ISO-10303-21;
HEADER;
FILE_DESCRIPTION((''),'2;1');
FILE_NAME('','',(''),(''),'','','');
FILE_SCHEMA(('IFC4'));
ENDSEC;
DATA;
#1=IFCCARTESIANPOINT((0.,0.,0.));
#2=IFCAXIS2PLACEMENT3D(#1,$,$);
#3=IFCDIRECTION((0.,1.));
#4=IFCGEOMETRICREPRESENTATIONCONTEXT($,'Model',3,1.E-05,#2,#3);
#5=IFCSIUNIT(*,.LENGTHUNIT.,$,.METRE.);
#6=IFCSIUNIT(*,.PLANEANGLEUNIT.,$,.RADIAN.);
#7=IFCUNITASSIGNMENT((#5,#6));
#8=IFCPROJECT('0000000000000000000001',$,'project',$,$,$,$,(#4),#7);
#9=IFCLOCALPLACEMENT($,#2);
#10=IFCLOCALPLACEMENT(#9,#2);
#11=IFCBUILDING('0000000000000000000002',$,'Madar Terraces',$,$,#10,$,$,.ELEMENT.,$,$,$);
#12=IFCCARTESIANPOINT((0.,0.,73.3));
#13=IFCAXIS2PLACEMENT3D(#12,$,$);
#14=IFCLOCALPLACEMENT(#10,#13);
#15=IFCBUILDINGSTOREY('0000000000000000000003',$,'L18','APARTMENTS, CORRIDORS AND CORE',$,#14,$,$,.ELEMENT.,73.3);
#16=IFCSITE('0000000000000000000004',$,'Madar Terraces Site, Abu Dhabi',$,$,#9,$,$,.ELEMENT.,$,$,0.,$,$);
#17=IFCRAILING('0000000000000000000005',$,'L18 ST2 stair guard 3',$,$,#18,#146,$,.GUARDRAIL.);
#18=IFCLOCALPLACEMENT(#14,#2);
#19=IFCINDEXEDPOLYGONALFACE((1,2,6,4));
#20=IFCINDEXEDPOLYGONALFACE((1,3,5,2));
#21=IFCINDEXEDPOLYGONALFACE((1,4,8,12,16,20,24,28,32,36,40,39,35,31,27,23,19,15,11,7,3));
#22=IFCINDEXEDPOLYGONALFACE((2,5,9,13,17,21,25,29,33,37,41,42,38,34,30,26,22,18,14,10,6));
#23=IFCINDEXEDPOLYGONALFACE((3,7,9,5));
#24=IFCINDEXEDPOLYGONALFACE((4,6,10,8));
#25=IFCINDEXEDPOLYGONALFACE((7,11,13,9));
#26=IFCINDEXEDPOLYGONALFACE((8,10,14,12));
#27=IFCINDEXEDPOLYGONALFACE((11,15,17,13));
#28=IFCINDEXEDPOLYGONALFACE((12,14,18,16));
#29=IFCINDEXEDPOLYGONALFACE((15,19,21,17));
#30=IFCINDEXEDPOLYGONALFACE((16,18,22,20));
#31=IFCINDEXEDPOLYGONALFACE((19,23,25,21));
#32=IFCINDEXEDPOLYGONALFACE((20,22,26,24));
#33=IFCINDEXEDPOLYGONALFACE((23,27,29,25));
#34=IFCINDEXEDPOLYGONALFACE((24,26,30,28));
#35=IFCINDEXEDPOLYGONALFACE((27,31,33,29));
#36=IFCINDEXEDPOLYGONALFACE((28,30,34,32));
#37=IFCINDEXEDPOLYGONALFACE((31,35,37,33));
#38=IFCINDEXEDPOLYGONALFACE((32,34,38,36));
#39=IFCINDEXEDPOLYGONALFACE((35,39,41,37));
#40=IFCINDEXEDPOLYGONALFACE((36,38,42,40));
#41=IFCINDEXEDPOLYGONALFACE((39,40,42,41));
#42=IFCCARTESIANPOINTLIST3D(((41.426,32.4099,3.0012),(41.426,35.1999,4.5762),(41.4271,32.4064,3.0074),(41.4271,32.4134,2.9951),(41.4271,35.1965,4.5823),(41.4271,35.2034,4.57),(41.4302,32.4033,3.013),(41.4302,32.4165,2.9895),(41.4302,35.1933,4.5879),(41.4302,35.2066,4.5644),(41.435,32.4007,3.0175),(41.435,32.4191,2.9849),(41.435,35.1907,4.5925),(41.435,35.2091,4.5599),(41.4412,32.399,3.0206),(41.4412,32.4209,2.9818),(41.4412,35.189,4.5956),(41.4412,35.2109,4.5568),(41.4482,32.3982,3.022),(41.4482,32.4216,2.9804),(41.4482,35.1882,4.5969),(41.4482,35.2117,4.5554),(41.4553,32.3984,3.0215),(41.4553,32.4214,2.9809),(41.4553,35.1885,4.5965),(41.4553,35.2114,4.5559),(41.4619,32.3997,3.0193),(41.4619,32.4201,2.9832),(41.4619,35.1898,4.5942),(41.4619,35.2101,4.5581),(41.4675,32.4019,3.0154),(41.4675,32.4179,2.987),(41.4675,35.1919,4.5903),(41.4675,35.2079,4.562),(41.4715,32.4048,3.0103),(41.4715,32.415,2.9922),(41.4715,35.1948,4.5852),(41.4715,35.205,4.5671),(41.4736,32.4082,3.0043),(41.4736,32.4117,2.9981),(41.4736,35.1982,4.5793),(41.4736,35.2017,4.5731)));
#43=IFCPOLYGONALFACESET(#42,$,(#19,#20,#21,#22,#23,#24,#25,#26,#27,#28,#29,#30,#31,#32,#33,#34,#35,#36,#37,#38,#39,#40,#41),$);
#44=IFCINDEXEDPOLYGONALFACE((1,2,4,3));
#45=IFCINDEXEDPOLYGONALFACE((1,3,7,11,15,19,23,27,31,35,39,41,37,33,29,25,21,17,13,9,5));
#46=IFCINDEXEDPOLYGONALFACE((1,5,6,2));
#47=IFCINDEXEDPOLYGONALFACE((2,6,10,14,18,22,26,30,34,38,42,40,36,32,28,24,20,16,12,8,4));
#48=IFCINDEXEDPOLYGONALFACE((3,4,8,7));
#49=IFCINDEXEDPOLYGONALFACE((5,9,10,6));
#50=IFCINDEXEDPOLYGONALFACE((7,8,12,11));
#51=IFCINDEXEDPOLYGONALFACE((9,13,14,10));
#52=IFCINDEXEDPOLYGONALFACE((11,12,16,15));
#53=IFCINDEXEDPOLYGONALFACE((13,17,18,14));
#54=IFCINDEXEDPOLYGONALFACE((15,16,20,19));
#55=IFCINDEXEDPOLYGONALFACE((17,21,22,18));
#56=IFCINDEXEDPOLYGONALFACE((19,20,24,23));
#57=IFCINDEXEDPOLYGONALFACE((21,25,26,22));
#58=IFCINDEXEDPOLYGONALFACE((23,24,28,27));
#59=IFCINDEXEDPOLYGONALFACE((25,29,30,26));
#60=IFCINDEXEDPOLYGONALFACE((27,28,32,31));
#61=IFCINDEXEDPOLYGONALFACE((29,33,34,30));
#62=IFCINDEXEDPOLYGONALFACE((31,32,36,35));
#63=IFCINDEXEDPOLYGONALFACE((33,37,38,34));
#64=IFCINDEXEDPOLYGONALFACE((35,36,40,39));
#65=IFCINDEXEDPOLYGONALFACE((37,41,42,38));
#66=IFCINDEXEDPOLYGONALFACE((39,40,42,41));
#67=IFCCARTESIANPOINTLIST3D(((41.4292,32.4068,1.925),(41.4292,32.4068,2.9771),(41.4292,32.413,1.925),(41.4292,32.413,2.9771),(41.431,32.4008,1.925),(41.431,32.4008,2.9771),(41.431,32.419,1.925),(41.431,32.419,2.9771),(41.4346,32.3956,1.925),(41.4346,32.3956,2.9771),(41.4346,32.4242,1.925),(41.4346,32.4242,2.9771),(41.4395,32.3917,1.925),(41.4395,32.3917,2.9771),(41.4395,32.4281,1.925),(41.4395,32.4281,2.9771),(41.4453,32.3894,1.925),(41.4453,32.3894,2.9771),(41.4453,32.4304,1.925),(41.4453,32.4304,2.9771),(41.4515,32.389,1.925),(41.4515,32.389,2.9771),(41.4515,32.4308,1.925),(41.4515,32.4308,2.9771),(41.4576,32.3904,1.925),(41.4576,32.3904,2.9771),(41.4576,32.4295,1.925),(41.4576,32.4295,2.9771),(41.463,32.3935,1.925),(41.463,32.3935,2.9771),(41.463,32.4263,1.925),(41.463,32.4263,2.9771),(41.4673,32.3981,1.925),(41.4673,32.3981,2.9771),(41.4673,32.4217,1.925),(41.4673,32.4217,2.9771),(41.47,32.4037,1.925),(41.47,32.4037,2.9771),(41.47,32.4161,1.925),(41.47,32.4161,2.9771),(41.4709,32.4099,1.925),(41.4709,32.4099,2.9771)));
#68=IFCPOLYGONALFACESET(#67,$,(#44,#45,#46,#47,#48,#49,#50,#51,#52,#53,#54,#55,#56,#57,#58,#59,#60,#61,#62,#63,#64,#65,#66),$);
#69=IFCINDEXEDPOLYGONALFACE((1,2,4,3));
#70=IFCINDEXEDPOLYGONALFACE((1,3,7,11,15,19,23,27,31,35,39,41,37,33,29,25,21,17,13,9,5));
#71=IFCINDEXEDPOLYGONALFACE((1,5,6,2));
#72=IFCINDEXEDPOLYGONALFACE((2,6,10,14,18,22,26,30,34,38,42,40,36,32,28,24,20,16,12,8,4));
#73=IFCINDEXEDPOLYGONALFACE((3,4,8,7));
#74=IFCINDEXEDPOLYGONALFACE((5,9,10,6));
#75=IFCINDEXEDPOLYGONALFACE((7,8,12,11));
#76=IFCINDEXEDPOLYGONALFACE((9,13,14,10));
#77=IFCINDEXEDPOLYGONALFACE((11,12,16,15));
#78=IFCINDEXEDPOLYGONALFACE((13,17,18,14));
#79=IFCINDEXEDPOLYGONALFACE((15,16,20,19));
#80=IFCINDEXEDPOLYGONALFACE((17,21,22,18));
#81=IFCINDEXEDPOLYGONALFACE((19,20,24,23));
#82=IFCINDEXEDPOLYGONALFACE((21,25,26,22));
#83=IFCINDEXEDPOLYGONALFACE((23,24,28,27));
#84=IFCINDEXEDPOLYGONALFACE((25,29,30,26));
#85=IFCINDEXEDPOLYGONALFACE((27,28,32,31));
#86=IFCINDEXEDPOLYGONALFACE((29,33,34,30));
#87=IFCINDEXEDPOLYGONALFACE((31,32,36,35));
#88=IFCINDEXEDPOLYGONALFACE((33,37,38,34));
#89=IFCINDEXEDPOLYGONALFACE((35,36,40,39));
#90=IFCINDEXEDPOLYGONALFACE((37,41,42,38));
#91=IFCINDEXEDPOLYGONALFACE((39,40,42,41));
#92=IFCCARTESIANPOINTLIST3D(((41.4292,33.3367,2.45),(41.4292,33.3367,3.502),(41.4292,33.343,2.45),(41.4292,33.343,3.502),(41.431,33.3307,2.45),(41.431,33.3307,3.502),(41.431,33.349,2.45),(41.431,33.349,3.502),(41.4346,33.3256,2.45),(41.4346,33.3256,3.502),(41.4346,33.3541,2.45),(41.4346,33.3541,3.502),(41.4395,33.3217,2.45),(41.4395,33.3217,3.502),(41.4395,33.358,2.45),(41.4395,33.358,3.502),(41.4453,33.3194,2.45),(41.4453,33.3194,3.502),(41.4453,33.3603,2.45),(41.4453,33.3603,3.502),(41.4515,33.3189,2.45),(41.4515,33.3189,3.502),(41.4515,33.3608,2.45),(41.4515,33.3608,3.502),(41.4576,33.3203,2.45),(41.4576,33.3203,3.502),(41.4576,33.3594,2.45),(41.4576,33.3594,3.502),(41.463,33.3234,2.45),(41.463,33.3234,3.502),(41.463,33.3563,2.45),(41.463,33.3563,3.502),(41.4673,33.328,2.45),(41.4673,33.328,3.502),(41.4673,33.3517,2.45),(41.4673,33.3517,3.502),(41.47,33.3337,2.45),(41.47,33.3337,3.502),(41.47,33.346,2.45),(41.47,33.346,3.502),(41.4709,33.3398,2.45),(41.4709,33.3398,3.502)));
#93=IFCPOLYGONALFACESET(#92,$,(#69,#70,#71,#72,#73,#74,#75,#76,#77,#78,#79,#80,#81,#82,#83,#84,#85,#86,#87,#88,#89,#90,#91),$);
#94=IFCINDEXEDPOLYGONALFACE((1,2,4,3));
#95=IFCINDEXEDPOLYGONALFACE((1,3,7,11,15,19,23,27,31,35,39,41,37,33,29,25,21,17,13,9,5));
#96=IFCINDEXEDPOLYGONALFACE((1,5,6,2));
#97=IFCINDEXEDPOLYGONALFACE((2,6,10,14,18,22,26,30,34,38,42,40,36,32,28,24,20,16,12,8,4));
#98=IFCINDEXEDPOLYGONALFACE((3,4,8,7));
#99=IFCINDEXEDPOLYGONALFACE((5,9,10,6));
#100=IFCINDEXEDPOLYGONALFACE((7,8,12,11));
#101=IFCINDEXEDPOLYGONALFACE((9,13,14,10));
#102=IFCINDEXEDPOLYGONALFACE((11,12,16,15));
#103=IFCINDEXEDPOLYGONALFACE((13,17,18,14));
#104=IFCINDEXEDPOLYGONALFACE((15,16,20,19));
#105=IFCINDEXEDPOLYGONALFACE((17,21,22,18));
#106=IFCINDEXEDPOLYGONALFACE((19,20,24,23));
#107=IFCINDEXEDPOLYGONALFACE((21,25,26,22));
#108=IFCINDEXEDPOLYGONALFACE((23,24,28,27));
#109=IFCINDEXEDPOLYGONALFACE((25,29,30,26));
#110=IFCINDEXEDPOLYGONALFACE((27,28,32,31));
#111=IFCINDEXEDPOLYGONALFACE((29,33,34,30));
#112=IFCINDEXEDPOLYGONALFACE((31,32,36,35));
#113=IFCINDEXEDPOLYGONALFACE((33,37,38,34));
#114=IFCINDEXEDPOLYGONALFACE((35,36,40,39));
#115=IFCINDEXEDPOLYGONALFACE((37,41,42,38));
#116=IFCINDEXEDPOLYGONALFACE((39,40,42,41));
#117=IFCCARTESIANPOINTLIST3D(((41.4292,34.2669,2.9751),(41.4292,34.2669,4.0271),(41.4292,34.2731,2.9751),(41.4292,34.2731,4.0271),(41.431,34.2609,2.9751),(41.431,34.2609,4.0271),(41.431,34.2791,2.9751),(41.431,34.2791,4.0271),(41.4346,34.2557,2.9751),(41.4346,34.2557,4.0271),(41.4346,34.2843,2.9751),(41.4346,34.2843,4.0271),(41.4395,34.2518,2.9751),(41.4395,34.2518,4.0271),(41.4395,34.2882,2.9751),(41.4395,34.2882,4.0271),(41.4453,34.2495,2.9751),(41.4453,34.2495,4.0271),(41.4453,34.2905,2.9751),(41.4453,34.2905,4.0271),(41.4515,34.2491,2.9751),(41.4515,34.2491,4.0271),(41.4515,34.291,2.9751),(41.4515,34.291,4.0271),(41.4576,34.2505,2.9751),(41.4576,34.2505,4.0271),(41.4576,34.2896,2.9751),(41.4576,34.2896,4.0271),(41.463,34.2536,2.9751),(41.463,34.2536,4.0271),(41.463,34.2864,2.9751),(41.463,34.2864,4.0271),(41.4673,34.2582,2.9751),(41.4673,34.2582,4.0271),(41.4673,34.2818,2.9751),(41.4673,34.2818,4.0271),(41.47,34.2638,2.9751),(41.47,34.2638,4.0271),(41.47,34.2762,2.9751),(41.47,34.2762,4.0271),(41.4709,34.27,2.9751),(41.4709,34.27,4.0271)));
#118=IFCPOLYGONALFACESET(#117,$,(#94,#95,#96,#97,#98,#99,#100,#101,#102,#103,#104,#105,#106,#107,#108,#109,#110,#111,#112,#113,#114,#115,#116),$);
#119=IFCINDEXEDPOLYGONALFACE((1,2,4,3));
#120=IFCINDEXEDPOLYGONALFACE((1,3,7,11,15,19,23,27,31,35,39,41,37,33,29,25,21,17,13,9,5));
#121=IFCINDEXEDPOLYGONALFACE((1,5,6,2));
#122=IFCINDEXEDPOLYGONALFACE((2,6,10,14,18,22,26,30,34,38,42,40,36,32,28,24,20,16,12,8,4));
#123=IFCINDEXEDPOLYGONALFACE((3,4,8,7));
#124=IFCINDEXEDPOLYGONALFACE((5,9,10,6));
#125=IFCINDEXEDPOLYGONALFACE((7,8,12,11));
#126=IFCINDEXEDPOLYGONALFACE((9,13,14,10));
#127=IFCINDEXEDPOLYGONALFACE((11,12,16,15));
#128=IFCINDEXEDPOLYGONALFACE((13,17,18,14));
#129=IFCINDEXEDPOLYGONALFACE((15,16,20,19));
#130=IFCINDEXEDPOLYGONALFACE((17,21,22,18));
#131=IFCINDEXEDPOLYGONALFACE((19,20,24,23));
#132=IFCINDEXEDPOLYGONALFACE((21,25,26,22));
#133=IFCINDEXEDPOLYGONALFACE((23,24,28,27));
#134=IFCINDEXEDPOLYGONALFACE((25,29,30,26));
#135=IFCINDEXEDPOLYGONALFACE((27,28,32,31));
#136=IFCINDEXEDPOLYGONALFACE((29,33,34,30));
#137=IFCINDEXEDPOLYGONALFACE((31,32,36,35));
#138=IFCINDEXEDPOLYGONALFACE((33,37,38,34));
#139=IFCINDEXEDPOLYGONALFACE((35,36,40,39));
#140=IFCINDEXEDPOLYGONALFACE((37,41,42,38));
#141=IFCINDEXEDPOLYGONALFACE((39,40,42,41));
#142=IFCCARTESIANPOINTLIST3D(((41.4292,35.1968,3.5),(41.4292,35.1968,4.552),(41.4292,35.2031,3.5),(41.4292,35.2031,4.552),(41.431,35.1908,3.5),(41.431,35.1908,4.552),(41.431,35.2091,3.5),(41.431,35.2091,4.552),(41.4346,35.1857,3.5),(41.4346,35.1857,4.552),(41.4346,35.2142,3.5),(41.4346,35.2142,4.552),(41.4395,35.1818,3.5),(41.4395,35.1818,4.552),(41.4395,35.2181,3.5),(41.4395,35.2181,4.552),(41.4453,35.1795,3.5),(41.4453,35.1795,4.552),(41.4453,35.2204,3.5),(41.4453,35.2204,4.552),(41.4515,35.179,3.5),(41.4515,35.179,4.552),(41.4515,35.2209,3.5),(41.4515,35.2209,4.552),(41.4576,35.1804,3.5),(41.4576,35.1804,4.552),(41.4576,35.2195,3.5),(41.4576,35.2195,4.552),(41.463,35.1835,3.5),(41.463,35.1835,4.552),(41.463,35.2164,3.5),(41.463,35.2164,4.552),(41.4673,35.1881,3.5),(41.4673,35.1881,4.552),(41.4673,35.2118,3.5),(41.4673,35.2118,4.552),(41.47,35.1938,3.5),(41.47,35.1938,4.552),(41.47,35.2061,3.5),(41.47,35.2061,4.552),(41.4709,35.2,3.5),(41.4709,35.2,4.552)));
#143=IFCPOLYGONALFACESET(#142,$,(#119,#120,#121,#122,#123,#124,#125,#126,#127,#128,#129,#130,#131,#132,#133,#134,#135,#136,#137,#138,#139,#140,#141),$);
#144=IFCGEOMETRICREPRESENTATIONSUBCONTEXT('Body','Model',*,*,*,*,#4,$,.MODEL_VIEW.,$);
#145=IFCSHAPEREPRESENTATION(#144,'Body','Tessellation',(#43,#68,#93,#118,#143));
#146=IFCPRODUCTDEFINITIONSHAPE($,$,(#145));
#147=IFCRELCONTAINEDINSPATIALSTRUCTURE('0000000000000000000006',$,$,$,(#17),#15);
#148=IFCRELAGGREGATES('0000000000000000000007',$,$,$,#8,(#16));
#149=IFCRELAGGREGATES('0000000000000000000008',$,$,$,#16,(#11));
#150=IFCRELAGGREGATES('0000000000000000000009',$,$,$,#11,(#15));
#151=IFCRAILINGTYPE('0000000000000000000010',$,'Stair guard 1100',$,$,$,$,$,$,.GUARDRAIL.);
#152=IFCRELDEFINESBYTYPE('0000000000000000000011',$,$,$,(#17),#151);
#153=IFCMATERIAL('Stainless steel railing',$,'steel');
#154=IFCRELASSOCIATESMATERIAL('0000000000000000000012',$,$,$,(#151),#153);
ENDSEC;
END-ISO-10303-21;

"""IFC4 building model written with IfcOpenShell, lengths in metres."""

from ifc_helpers import new_model, si_unit, direction, frame, origin, origin_2d, place, context, subcontext, project, spatial, circle, extrude, material, type_object, element, save


model = new_model("IFC4")

# Units and contexts
model_context = context("Model", 3, precision=1e-05, world=origin(), true_north=direction((0.0, 1.0)))
body_context = subcontext(model_context, "Body", "Model", "MODEL_VIEW")
ifc_project = project(units=[si_unit("LENGTHUNIT", "METRE"), si_unit("PLANEANGLEUNIT", "RADIAN")], contexts=[model_context])

# Site, building, storey
site_placement = place(None, origin())
site = spatial("IfcSite", under=ifc_project, at=site_placement, Name="Madar Terraces Site, Abu Dhabi", CompositionType="ELEMENT", RefElevation=0.0)
building_placement = place(site_placement, origin())
building = spatial("IfcBuilding", under=site, at=building_placement, Name="Madar Terraces", CompositionType="ELEMENT")
storey_placement = place(building_placement, frame((0.0, 0.0, 73.3)))
storey = spatial("IfcBuildingStorey", under=building, at=storey_placement, Name="L18", Description="APARTMENTS, CORRIDORS AND CORE", CompositionType="ELEMENT", Elevation=73.3)

# Railing
ifc_material_1 = material(Name="Stainless steel railing", Category="steel")
railing_type_1 = type_object("IfcRailingType", Name="Stair guard 1100", PredefinedType="GUARDRAIL", material=ifc_material_1)
railing_1_placement = place(storey_placement, frame((41.45, 32.4099, 1.925)))
element("IfcRailing", 1, at=railing_1_placement, inside=storey, type_object=railing_type_1, Name="L18 ST2 stair guard 3", PredefinedType="GUARDRAIL", context=body_context, shape_type="SweptSolid", body=[
    extrude(circle(Radius=0.0239, at=origin_2d()), frame((0.0, 0.0, 1.0762), z_axis=(0.0, 0.870834, 0.491578), x_axis=(-1.0, 0.0, 0.0)), (0.0, 0.0, 1.0), 3.2039),
    extrude(circle(Radius=0.021, at=origin_2d()), origin(), (0.0, 0.0, 1.0), 1.052),
    extrude(circle(Radius=0.021, at=origin_2d()), frame((0.0, 0.9299, 0.5249)), (0.0, 0.0, 1.0), 1.052),
    extrude(circle(Radius=0.021, at=origin_2d()), frame((0.0, 1.8601, 1.05)), (0.0, 0.0, 1.0), 1.052),
    extrude(circle(Radius=0.021, at=origin_2d()), frame((0.0, 2.79, 1.575)), (0.0, 0.0, 1.0), 1.052),
])

save(model, "model.ifc")
